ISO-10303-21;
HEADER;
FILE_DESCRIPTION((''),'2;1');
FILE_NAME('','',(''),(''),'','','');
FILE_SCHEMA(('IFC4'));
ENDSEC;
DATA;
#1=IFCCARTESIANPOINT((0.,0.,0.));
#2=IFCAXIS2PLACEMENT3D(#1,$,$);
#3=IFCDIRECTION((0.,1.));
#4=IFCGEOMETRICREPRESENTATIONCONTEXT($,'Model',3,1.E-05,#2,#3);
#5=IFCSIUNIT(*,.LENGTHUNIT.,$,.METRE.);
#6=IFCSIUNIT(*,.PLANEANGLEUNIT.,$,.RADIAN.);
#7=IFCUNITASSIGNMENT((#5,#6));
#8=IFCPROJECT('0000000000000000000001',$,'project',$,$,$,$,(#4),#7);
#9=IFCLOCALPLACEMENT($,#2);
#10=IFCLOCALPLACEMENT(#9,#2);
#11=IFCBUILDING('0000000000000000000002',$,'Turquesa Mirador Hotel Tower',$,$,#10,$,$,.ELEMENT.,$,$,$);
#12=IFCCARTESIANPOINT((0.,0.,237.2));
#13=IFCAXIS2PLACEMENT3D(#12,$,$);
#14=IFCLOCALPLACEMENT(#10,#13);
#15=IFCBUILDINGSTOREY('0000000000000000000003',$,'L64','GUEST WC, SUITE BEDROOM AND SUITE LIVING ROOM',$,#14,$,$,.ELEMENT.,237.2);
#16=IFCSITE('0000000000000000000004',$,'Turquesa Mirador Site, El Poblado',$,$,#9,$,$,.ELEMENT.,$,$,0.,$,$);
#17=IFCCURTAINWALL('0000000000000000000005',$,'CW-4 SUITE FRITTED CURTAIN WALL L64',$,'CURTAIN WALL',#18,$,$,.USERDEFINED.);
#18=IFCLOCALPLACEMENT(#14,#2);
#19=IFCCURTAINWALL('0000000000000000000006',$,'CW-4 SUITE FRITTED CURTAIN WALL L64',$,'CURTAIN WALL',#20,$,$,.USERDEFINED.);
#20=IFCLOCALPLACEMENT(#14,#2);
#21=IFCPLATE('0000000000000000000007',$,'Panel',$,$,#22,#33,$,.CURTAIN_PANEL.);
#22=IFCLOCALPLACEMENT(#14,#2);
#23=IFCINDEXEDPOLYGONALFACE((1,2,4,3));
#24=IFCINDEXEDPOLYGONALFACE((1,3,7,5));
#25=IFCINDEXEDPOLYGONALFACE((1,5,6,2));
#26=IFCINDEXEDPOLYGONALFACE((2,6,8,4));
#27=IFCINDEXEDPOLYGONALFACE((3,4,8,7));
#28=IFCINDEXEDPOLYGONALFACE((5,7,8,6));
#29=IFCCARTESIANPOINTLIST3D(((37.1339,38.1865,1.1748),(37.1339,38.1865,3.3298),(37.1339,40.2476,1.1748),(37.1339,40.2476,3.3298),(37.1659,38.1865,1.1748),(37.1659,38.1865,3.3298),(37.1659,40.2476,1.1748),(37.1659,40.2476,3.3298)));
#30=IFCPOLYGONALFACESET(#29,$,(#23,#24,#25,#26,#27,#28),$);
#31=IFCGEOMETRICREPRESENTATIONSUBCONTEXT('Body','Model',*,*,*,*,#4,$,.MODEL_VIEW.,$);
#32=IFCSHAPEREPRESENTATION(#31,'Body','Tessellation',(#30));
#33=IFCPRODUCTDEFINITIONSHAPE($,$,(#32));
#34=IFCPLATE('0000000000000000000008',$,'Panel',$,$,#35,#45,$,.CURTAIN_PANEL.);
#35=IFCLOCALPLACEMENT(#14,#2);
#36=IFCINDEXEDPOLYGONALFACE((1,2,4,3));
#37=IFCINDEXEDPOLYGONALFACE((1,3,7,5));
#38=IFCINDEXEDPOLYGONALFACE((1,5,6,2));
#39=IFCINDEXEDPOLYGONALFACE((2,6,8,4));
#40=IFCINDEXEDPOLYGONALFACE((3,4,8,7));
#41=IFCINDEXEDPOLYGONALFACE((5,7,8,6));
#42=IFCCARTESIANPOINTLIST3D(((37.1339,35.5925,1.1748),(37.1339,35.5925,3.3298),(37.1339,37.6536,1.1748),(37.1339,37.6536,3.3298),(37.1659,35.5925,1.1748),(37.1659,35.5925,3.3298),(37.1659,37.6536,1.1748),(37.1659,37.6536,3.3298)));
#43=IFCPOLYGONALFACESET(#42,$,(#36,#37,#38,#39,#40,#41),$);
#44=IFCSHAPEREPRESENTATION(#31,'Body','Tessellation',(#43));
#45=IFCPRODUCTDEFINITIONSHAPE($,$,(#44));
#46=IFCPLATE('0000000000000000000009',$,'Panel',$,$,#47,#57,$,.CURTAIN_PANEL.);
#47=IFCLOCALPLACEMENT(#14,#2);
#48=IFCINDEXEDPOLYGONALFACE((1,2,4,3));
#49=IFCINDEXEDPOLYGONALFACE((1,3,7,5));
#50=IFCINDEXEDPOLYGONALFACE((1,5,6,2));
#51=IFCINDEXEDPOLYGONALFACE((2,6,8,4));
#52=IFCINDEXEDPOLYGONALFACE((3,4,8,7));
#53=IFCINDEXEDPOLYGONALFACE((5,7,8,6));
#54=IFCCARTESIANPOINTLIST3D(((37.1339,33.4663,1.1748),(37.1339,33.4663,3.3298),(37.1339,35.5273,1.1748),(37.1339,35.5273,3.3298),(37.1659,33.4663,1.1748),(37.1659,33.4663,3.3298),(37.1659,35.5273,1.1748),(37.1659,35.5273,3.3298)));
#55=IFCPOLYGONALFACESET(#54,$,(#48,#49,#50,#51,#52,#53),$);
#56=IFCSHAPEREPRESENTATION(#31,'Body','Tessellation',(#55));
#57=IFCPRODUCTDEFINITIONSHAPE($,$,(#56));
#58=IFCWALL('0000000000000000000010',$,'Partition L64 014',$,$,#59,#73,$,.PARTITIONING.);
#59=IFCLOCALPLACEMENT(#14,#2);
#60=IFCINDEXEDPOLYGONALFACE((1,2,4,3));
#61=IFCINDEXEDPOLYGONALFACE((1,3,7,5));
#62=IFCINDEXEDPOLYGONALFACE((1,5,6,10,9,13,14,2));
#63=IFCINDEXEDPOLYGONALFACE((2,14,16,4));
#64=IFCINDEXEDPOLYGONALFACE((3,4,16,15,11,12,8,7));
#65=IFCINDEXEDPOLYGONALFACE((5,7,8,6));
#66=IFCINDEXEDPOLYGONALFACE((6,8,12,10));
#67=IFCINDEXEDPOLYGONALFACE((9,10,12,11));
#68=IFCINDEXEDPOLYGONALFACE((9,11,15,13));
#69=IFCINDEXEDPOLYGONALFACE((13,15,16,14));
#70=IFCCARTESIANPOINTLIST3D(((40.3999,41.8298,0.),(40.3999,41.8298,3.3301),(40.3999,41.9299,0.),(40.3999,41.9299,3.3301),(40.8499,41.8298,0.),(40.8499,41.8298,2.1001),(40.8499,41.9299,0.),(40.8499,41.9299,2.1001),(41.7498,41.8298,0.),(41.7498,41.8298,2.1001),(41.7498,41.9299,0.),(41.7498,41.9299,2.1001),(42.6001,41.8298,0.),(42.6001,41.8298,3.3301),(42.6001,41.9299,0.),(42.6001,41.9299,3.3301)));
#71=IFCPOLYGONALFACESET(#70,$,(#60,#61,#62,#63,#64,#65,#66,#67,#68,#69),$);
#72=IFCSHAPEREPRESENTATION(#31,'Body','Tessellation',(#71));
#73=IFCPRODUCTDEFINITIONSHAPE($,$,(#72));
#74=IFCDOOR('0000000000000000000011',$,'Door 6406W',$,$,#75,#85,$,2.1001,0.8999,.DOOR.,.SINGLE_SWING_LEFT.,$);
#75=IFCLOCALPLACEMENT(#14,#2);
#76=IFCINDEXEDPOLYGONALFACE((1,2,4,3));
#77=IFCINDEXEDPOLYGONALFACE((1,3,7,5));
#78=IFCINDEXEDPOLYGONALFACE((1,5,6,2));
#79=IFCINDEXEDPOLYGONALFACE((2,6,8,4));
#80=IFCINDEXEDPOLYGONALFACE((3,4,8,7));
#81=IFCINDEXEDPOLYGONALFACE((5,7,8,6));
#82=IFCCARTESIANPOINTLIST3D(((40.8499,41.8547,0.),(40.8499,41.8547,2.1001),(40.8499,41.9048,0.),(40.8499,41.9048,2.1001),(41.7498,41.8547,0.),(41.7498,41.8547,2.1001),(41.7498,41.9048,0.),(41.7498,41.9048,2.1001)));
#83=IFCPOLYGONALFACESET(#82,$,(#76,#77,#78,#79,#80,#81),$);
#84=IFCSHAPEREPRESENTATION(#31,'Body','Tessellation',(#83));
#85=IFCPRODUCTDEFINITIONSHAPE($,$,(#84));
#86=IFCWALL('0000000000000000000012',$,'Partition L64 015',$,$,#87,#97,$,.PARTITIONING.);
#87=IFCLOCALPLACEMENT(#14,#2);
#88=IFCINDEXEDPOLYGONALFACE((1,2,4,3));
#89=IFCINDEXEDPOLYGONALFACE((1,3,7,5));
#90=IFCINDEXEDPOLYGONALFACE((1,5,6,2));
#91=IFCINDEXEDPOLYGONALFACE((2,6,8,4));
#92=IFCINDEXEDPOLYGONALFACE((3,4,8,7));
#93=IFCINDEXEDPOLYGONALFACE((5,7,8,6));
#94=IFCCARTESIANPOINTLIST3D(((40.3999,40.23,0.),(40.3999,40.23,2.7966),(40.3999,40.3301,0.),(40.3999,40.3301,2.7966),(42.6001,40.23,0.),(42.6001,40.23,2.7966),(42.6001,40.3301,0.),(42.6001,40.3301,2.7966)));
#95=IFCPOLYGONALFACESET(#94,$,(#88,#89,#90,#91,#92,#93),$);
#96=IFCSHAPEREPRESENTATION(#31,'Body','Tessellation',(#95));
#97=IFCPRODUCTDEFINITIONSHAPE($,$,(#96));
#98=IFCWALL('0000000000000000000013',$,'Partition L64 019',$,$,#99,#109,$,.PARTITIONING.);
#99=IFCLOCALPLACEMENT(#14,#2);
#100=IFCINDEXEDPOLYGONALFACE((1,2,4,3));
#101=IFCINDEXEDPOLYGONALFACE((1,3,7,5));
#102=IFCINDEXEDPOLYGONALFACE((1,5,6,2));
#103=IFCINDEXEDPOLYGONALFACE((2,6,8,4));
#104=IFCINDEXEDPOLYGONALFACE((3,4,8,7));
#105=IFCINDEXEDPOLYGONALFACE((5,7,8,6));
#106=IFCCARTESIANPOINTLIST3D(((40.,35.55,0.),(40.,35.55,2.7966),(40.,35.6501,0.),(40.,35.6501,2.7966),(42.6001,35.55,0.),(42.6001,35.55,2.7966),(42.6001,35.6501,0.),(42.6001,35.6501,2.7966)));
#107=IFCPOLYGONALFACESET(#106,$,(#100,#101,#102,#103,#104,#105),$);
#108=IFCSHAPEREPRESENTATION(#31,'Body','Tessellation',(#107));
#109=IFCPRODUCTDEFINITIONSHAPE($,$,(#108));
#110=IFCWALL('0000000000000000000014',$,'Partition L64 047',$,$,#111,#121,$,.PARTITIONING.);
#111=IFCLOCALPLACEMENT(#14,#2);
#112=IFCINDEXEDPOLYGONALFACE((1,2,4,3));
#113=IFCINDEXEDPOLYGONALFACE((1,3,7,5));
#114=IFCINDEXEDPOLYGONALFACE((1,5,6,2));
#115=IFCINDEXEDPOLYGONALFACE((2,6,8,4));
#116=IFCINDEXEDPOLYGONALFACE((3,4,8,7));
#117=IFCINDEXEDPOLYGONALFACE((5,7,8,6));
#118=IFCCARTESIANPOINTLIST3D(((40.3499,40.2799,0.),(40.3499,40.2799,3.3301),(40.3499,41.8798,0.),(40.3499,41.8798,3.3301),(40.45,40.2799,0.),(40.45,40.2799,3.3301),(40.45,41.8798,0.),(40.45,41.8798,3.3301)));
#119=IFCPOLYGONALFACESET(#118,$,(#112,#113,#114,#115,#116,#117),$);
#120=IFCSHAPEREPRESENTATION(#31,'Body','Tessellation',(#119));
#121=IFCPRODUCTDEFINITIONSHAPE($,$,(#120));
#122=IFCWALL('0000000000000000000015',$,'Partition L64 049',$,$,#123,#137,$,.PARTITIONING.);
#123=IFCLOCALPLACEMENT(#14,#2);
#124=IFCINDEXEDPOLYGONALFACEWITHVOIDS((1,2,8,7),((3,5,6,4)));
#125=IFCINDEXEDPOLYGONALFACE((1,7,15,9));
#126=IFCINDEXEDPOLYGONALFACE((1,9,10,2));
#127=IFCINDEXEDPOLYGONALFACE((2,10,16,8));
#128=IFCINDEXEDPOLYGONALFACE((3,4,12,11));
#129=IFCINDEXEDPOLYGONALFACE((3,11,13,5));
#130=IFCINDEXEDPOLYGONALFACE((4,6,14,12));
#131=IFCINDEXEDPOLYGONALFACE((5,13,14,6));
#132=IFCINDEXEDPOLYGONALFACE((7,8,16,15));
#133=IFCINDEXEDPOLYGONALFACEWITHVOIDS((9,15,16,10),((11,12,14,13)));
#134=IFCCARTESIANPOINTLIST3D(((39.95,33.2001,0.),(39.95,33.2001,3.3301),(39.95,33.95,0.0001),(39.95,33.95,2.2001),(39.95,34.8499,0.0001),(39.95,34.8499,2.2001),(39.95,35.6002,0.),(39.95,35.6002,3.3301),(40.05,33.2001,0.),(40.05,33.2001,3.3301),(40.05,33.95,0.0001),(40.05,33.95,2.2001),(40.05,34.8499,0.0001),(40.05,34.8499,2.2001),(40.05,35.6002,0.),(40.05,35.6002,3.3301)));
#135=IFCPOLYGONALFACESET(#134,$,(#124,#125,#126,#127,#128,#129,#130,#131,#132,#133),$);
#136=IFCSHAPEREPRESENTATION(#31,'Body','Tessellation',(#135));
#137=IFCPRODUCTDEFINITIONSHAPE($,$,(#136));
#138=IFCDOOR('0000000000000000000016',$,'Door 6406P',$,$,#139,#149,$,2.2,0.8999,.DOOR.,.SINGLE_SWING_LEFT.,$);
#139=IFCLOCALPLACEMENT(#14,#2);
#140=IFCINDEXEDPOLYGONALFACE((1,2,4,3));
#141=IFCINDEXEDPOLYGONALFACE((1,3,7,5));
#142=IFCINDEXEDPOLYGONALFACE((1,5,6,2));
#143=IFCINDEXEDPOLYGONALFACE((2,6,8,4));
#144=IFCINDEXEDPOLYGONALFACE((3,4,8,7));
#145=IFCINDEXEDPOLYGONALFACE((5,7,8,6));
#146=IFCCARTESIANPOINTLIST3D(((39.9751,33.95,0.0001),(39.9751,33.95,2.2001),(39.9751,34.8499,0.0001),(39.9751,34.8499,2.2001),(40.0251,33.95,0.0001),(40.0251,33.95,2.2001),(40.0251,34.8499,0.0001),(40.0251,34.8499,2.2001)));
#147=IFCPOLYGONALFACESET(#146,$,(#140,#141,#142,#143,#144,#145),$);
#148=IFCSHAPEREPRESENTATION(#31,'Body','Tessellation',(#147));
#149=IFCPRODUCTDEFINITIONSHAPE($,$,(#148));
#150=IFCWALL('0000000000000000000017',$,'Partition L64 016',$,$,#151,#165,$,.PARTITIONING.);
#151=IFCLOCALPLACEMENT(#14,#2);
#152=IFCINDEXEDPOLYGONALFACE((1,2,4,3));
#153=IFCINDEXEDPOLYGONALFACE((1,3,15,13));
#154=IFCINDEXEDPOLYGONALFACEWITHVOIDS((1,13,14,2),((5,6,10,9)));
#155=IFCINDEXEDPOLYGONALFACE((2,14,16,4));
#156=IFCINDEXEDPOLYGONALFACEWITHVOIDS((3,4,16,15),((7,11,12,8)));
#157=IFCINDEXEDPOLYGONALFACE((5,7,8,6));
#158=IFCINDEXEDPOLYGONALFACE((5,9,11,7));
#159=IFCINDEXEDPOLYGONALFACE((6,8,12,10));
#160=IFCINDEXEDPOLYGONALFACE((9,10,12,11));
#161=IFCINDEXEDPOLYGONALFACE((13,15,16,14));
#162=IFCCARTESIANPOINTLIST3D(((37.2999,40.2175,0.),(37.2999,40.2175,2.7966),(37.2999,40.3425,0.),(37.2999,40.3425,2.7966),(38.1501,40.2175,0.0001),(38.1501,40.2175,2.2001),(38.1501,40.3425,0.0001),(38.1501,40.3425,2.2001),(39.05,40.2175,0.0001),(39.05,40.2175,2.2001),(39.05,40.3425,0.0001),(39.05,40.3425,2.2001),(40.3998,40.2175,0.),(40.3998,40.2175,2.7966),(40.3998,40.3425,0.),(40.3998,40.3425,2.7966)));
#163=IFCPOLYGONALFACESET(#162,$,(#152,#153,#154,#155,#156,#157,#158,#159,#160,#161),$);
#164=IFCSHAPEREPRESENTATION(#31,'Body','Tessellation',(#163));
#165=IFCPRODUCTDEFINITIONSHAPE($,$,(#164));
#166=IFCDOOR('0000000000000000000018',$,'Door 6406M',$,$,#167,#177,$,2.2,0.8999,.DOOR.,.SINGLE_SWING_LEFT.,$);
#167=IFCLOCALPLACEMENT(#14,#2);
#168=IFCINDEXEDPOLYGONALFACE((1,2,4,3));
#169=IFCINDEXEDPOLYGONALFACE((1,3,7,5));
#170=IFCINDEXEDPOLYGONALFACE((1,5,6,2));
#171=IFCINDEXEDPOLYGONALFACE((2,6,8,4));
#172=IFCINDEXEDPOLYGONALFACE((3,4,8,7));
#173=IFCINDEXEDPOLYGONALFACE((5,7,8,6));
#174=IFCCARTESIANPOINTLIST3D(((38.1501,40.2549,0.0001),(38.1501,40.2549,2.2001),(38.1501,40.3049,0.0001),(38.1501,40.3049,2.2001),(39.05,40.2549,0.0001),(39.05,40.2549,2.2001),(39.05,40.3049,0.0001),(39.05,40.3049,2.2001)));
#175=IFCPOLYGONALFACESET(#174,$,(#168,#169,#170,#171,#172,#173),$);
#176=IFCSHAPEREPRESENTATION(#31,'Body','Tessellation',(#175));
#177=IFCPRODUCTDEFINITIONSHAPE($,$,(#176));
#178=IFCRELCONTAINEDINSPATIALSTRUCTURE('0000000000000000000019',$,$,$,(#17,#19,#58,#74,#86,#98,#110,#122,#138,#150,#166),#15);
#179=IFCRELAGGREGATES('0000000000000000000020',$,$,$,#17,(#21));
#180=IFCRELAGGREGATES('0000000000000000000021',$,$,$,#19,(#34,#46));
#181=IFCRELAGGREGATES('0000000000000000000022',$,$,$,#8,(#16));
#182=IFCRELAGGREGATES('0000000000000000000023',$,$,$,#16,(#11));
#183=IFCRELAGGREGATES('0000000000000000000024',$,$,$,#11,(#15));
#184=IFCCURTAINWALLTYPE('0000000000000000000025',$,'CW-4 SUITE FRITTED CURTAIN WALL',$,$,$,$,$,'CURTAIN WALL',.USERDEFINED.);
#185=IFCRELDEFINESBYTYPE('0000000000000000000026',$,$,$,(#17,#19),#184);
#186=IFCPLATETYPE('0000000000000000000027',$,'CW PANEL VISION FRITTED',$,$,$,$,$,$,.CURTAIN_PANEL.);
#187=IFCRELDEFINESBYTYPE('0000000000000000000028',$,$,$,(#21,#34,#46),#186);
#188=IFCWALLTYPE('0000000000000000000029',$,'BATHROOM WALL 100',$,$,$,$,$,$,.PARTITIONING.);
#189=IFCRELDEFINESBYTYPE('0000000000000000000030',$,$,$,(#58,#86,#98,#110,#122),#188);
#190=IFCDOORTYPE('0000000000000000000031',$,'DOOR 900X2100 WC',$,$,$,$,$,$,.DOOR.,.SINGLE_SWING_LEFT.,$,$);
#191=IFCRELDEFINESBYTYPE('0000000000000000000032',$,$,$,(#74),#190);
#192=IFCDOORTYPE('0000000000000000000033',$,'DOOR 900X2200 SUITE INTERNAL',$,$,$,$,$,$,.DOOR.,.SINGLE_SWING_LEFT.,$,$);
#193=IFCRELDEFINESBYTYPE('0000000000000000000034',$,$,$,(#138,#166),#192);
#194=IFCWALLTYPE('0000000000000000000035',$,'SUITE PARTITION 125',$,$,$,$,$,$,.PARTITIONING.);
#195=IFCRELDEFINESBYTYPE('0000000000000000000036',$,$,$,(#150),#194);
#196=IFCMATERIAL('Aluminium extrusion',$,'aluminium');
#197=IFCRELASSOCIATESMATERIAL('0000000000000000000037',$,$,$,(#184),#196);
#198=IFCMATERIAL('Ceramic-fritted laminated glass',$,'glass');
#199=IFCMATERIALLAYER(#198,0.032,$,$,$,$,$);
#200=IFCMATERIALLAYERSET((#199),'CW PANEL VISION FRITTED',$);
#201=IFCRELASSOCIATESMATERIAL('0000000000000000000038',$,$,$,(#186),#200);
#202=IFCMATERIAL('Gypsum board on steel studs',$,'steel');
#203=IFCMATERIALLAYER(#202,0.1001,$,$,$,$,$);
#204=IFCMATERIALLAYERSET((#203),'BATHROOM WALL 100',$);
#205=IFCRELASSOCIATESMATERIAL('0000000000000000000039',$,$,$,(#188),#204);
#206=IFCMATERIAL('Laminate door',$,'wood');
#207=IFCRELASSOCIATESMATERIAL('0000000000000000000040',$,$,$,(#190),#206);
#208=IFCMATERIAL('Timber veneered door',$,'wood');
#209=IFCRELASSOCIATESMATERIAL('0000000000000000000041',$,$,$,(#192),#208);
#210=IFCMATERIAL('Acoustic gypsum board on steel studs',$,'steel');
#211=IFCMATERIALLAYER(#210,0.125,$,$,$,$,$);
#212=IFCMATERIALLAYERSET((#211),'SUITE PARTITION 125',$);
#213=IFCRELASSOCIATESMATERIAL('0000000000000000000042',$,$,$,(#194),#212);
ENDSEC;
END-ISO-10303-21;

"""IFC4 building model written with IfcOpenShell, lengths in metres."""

from ifc_helpers import new_model, si_unit, direction, frame, frame_2d, origin, origin_2d, place, context, subcontext, project, spatial, rectangle, extrude, material, layer, layer_set, type_object, element, fill, aggregate, save


model = new_model("IFC4")

# Units and contexts
model_context = context("Model", 3, precision=1e-05, world=origin(), true_north=direction((0.0, 1.0)))
body_context = subcontext(model_context, "Body", "Model", "MODEL_VIEW")
ifc_project = project(units=[si_unit("LENGTHUNIT", "METRE"), si_unit("PLANEANGLEUNIT", "RADIAN")], contexts=[model_context])

# Site, building, storey
site_placement = place(None, origin())
site = spatial("IfcSite", under=ifc_project, at=site_placement, Name="Turquesa Mirador Site, El Poblado", CompositionType="ELEMENT", RefElevation=0.0)
building_placement = place(site_placement, origin())
building = spatial("IfcBuilding", under=site, at=building_placement, Name="Turquesa Mirador Hotel Tower", CompositionType="ELEMENT")
storey_placement = place(building_placement, frame((0.0, 0.0, 237.2)))
storey = spatial("IfcBuildingStorey", under=building, at=storey_placement, Name="L64", Description="GUEST WC, SUITE BEDROOM AND SUITE LIVING ROOM", CompositionType="ELEMENT", Elevation=237.2)

# Curtain walls
ifc_material_1 = material(Name="Aluminium extrusion", Category="aluminium")
curtain_wall_type = type_object("IfcCurtainWallType", Name="CW-4 SUITE FRITTED CURTAIN WALL", ElementType="CURTAIN WALL", PredefinedType="USERDEFINED", material=ifc_material_1)
curtain_wall_1_placement = place(storey_placement, origin())
curtain_wall_1 = element("IfcCurtainWall", 1, at=curtain_wall_1_placement, inside=storey, type_object=curtain_wall_type, Name="CW-4 SUITE FRITTED CURTAIN WALL L64", ObjectType="CURTAIN WALL", PredefinedType="USERDEFINED")
curtain_wall_2_placement = place(storey_placement, origin())
curtain_wall_2 = element("IfcCurtainWall", 2, at=curtain_wall_2_placement, inside=storey, type_object=curtain_wall_type, Name="CW-4 SUITE FRITTED CURTAIN WALL L64", ObjectType="CURTAIN WALL", PredefinedType="USERDEFINED")

# Plates
ifc_material_2 = material(Name="Ceramic-fritted laminated glass", Category="glass")
ifc_layer_1 = layer(ifc_material_2, 0.032)
ifc_layer_set_1 = layer_set([ifc_layer_1], Name="CW PANEL VISION FRITTED")
plate_type_1 = type_object("IfcPlateType", Name="CW PANEL VISION FRITTED", PredefinedType="CURTAIN_PANEL", material=ifc_layer_set_1)
plate_1_placement = place(storey_placement, frame((37.1499, 39.217, 1.1748), z_axis=(0.0, 0.0, 1.0), x_axis=(0.0, -1.0, 0.0)))
plate_1 = element("IfcPlate", 3, at=plate_1_placement, type_object=plate_type_1, Name="Panel", PredefinedType="CURTAIN_PANEL", context=body_context, shape_type="SweptSolid", body=[
    extrude(rectangle(XDim=2.061, YDim=0.032, at=origin_2d()), origin(), (0.0, 0.0, 1.0), 2.155),
])
aggregate(curtain_wall_1, [plate_1])
plate_2_placement = place(storey_placement, frame((37.1499, 36.623, 1.1748), z_axis=(0.0, 0.0, 1.0), x_axis=(0.0, -1.0, 0.0)))
plate_2 = element("IfcPlate", 4, at=plate_2_placement, type_object=plate_type_1, Name="Panel", PredefinedType="CURTAIN_PANEL", context=body_context, shape_type="SweptSolid", body=[
    extrude(rectangle(XDim=2.061, YDim=0.032, at=origin_2d()), origin(), (0.0, 0.0, 1.0), 2.155),
])
plate_3_placement = place(storey_placement, frame((37.1499, 34.4968, 1.1748), z_axis=(0.0, 0.0, 1.0), x_axis=(0.0, -1.0, 0.0)))
plate_3 = element("IfcPlate", 5, at=plate_3_placement, type_object=plate_type_1, Name="Panel", PredefinedType="CURTAIN_PANEL", context=body_context, shape_type="SweptSolid", body=[
    extrude(rectangle(XDim=2.061, YDim=0.032, at=origin_2d()), origin(), (0.0, 0.0, 1.0), 2.155),
])
aggregate(curtain_wall_2, [plate_2, plate_3])

# Wall, opening, door
ifc_material_3 = material(Name="Gypsum board on steel studs", Category="steel")
ifc_layer_2 = layer(ifc_material_3, 0.1001)
ifc_layer_set_2 = layer_set([ifc_layer_2], Name="BATHROOM WALL 100")
wall_type_1 = type_object("IfcWallType", Name="BATHROOM WALL 100", PredefinedType="PARTITIONING", material=ifc_layer_set_2)
wall_1_placement = place(storey_placement, frame((40.3999, 41.8799, 0.0), z_axis=(0.0, 0.0, 1.0), x_axis=(1.0, 0.0, 0.0)))
wall_1 = element("IfcWall", 6, at=wall_1_placement, inside=storey, type_object=wall_type_1, Name="Partition L64 014", PredefinedType="PARTITIONING", context=body_context, shape_type="SweptSolid", body=[
    extrude(rectangle(XDim=2.2002, YDim=0.1001, at=frame_2d((1.1001, 0.0))), origin(), (0.0, 0.0, 1.0), 3.3301),
])
opening_1_placement = place(wall_1_placement, frame((0.45, 0.0, 0.0)))
opening_1 = element("IfcOpeningElement", 7, at=opening_1_placement, cuts=wall_1, PredefinedType="OPENING", context=body_context, shape_type="SweptSolid", body=[
    extrude(rectangle(XDim=0.8999, YDim=2.1001, at=frame_2d((0.45, 1.05))), frame((0.0, 0.0601, 0.0), z_axis=(0.0, -1.0, 0.0), x_axis=(1.0, 0.0, 0.0)), (0.0, 0.0, 1.0), 0.1201),
])
ifc_material_4 = material(Name="Laminate door", Category="wood")
door_type_1 = type_object("IfcDoorType", Name="DOOR 900X2100 WC", OperationType="SINGLE_SWING_LEFT", PredefinedType="DOOR", material=ifc_material_4)
door_1_placement = place(opening_1_placement, origin())
door_1 = element("IfcDoor", 8, at=door_1_placement, inside=storey, type_object=door_type_1, Name="Door 6406W", OperationType="SINGLE_SWING_LEFT", OverallHeight=2.1001, OverallWidth=0.8999, PredefinedType="DOOR", context=body_context, shape_type="SweptSolid", body=[
    extrude(rectangle(XDim=0.8999, YDim=2.1001, at=frame_2d((0.45, 1.05))), frame((0.0, 0.0249, 0.0), z_axis=(0.0, -1.0, 0.0), x_axis=(1.0, 0.0, 0.0)), (0.0, 0.0, 1.0), 0.05),
])
fill(opening_1, door_1)

# Walls
wall_2_placement = place(storey_placement, frame((40.3999, 40.28, 0.0), z_axis=(0.0, 0.0, 1.0), x_axis=(1.0, 0.0, 0.0)))
element("IfcWall", 9, at=wall_2_placement, inside=storey, type_object=wall_type_1, Name="Partition L64 015", PredefinedType="PARTITIONING", context=body_context, shape_type="SweptSolid", body=[
    extrude(rectangle(XDim=2.2002, YDim=0.1001, at=frame_2d((1.1001, 0.0))), origin(), (0.0, 0.0, 1.0), 2.7966),
])
wall_3_placement = place(storey_placement, frame((40.0, 35.6001, 0.0), z_axis=(0.0, 0.0, 1.0), x_axis=(1.0, 0.0, 0.0)))
element("IfcWall", 10, at=wall_3_placement, inside=storey, type_object=wall_type_1, Name="Partition L64 019", PredefinedType="PARTITIONING", context=body_context, shape_type="SweptSolid", body=[
    extrude(rectangle(XDim=2.6001, YDim=0.1001, at=frame_2d((1.3, 0.0))), origin(), (0.0, 0.0, 1.0), 2.7966),
])
wall_4_placement = place(storey_placement, frame((40.3999, 40.28, 0.0), z_axis=(0.0, 0.0, 1.0), x_axis=(0.0, 1.0, 0.0)))
element("IfcWall", 11, at=wall_4_placement, inside=storey, type_object=wall_type_1, Name="Partition L64 047", PredefinedType="PARTITIONING", context=body_context, shape_type="SweptSolid", body=[
    extrude(rectangle(XDim=1.5999, YDim=0.1001, at=frame_2d((0.7998, 0.0))), origin(), (0.0, 0.0, 1.0), 3.3301),
])

# Walls, openings, doors
wall_5_placement = place(storey_placement, frame((40.0, 33.2, 0.0), z_axis=(0.0, 0.0, 1.0), x_axis=(0.0, 1.0, 0.0)))
wall_5 = element("IfcWall", 12, at=wall_5_placement, inside=storey, type_object=wall_type_1, Name="Partition L64 049", PredefinedType="PARTITIONING", context=body_context, shape_type="SweptSolid", body=[
    extrude(rectangle(XDim=2.4001, YDim=0.1001, at=frame_2d((1.2002, 0.0))), origin(), (0.0, 0.0, 1.0), 3.3301),
])
opening_2_placement = place(wall_5_placement, frame((0.75, 0.0, 0.0)))
opening_2 = element("IfcOpeningElement", 13, at=opening_2_placement, cuts=wall_5, PredefinedType="OPENING", context=body_context, shape_type="SweptSolid", body=[
    extrude(rectangle(XDim=0.8999, YDim=2.2, at=frame_2d((0.45, 1.1001))), frame((0.0, 0.0601, 0.0), z_axis=(0.0, -1.0, 0.0), x_axis=(1.0, 0.0, 0.0)), (0.0, 0.0, 1.0), 0.1201),
])
ifc_material_5 = material(Name="Timber veneered door", Category="wood")
door_type_2 = type_object("IfcDoorType", Name="DOOR 900X2200 SUITE INTERNAL", OperationType="SINGLE_SWING_LEFT", PredefinedType="DOOR", material=ifc_material_5)
door_2_placement = place(opening_2_placement, origin())
door_2 = element("IfcDoor", 14, at=door_2_placement, inside=storey, type_object=door_type_2, Name="Door 6406P", OperationType="SINGLE_SWING_LEFT", OverallHeight=2.2, OverallWidth=0.8999, PredefinedType="DOOR", context=body_context, shape_type="SweptSolid", body=[
    extrude(rectangle(XDim=0.8999, YDim=2.2, at=frame_2d((0.45, 1.1001))), frame((0.0, 0.0249, 0.0), z_axis=(0.0, -1.0, 0.0), x_axis=(1.0, 0.0, 0.0)), (0.0, 0.0, 1.0), 0.05),
])
fill(opening_2, door_2)
ifc_material_6 = material(Name="Acoustic gypsum board on steel studs", Category="steel")
ifc_layer_3 = layer(ifc_material_6, 0.125)
ifc_layer_set_3 = layer_set([ifc_layer_3], Name="SUITE PARTITION 125")
wall_type_2 = type_object("IfcWallType", Name="SUITE PARTITION 125", PredefinedType="PARTITIONING", material=ifc_layer_set_3)
wall_6_placement = place(storey_placement, frame((37.3, 40.28, 0.0), z_axis=(0.0, 0.0, 1.0), x_axis=(1.0, 0.0, 0.0)))
wall_6 = element("IfcWall", 15, at=wall_6_placement, inside=storey, type_object=wall_type_2, Name="Partition L64 016", PredefinedType="PARTITIONING", context=body_context, shape_type="SweptSolid", body=[
    extrude(rectangle(XDim=3.0999, YDim=0.125, at=frame_2d((1.5498, 0.0))), origin(), (0.0, 0.0, 1.0), 2.7966),
])
opening_3_placement = place(wall_6_placement, frame((0.8501, 0.0, 0.0)))
opening_3 = element("IfcOpeningElement", 16, at=opening_3_placement, cuts=wall_6, PredefinedType="OPENING", context=body_context, shape_type="SweptSolid", body=[
    extrude(rectangle(XDim=0.8999, YDim=2.2, at=frame_2d((0.45, 1.1001))), frame((0.0, 0.0725, 0.0), z_axis=(0.0, -1.0, 0.0), x_axis=(1.0, 0.0, 0.0)), (0.0, 0.0, 1.0), 0.145),
])
door_3_placement = place(opening_3_placement, origin())
door_3 = element("IfcDoor", 17, at=door_3_placement, inside=storey, type_object=door_type_2, Name="Door 6406M", OperationType="SINGLE_SWING_LEFT", OverallHeight=2.2, OverallWidth=0.8999, PredefinedType="DOOR", context=body_context, shape_type="SweptSolid", body=[
    extrude(rectangle(XDim=0.8999, YDim=2.2, at=frame_2d((0.45, 1.1001))), frame((0.0, 0.0249, 0.0), z_axis=(0.0, -1.0, 0.0), x_axis=(1.0, 0.0, 0.0)), (0.0, 0.0, 1.0), 0.05),
])
fill(opening_3, door_3)

save(model, "model.ifc")
